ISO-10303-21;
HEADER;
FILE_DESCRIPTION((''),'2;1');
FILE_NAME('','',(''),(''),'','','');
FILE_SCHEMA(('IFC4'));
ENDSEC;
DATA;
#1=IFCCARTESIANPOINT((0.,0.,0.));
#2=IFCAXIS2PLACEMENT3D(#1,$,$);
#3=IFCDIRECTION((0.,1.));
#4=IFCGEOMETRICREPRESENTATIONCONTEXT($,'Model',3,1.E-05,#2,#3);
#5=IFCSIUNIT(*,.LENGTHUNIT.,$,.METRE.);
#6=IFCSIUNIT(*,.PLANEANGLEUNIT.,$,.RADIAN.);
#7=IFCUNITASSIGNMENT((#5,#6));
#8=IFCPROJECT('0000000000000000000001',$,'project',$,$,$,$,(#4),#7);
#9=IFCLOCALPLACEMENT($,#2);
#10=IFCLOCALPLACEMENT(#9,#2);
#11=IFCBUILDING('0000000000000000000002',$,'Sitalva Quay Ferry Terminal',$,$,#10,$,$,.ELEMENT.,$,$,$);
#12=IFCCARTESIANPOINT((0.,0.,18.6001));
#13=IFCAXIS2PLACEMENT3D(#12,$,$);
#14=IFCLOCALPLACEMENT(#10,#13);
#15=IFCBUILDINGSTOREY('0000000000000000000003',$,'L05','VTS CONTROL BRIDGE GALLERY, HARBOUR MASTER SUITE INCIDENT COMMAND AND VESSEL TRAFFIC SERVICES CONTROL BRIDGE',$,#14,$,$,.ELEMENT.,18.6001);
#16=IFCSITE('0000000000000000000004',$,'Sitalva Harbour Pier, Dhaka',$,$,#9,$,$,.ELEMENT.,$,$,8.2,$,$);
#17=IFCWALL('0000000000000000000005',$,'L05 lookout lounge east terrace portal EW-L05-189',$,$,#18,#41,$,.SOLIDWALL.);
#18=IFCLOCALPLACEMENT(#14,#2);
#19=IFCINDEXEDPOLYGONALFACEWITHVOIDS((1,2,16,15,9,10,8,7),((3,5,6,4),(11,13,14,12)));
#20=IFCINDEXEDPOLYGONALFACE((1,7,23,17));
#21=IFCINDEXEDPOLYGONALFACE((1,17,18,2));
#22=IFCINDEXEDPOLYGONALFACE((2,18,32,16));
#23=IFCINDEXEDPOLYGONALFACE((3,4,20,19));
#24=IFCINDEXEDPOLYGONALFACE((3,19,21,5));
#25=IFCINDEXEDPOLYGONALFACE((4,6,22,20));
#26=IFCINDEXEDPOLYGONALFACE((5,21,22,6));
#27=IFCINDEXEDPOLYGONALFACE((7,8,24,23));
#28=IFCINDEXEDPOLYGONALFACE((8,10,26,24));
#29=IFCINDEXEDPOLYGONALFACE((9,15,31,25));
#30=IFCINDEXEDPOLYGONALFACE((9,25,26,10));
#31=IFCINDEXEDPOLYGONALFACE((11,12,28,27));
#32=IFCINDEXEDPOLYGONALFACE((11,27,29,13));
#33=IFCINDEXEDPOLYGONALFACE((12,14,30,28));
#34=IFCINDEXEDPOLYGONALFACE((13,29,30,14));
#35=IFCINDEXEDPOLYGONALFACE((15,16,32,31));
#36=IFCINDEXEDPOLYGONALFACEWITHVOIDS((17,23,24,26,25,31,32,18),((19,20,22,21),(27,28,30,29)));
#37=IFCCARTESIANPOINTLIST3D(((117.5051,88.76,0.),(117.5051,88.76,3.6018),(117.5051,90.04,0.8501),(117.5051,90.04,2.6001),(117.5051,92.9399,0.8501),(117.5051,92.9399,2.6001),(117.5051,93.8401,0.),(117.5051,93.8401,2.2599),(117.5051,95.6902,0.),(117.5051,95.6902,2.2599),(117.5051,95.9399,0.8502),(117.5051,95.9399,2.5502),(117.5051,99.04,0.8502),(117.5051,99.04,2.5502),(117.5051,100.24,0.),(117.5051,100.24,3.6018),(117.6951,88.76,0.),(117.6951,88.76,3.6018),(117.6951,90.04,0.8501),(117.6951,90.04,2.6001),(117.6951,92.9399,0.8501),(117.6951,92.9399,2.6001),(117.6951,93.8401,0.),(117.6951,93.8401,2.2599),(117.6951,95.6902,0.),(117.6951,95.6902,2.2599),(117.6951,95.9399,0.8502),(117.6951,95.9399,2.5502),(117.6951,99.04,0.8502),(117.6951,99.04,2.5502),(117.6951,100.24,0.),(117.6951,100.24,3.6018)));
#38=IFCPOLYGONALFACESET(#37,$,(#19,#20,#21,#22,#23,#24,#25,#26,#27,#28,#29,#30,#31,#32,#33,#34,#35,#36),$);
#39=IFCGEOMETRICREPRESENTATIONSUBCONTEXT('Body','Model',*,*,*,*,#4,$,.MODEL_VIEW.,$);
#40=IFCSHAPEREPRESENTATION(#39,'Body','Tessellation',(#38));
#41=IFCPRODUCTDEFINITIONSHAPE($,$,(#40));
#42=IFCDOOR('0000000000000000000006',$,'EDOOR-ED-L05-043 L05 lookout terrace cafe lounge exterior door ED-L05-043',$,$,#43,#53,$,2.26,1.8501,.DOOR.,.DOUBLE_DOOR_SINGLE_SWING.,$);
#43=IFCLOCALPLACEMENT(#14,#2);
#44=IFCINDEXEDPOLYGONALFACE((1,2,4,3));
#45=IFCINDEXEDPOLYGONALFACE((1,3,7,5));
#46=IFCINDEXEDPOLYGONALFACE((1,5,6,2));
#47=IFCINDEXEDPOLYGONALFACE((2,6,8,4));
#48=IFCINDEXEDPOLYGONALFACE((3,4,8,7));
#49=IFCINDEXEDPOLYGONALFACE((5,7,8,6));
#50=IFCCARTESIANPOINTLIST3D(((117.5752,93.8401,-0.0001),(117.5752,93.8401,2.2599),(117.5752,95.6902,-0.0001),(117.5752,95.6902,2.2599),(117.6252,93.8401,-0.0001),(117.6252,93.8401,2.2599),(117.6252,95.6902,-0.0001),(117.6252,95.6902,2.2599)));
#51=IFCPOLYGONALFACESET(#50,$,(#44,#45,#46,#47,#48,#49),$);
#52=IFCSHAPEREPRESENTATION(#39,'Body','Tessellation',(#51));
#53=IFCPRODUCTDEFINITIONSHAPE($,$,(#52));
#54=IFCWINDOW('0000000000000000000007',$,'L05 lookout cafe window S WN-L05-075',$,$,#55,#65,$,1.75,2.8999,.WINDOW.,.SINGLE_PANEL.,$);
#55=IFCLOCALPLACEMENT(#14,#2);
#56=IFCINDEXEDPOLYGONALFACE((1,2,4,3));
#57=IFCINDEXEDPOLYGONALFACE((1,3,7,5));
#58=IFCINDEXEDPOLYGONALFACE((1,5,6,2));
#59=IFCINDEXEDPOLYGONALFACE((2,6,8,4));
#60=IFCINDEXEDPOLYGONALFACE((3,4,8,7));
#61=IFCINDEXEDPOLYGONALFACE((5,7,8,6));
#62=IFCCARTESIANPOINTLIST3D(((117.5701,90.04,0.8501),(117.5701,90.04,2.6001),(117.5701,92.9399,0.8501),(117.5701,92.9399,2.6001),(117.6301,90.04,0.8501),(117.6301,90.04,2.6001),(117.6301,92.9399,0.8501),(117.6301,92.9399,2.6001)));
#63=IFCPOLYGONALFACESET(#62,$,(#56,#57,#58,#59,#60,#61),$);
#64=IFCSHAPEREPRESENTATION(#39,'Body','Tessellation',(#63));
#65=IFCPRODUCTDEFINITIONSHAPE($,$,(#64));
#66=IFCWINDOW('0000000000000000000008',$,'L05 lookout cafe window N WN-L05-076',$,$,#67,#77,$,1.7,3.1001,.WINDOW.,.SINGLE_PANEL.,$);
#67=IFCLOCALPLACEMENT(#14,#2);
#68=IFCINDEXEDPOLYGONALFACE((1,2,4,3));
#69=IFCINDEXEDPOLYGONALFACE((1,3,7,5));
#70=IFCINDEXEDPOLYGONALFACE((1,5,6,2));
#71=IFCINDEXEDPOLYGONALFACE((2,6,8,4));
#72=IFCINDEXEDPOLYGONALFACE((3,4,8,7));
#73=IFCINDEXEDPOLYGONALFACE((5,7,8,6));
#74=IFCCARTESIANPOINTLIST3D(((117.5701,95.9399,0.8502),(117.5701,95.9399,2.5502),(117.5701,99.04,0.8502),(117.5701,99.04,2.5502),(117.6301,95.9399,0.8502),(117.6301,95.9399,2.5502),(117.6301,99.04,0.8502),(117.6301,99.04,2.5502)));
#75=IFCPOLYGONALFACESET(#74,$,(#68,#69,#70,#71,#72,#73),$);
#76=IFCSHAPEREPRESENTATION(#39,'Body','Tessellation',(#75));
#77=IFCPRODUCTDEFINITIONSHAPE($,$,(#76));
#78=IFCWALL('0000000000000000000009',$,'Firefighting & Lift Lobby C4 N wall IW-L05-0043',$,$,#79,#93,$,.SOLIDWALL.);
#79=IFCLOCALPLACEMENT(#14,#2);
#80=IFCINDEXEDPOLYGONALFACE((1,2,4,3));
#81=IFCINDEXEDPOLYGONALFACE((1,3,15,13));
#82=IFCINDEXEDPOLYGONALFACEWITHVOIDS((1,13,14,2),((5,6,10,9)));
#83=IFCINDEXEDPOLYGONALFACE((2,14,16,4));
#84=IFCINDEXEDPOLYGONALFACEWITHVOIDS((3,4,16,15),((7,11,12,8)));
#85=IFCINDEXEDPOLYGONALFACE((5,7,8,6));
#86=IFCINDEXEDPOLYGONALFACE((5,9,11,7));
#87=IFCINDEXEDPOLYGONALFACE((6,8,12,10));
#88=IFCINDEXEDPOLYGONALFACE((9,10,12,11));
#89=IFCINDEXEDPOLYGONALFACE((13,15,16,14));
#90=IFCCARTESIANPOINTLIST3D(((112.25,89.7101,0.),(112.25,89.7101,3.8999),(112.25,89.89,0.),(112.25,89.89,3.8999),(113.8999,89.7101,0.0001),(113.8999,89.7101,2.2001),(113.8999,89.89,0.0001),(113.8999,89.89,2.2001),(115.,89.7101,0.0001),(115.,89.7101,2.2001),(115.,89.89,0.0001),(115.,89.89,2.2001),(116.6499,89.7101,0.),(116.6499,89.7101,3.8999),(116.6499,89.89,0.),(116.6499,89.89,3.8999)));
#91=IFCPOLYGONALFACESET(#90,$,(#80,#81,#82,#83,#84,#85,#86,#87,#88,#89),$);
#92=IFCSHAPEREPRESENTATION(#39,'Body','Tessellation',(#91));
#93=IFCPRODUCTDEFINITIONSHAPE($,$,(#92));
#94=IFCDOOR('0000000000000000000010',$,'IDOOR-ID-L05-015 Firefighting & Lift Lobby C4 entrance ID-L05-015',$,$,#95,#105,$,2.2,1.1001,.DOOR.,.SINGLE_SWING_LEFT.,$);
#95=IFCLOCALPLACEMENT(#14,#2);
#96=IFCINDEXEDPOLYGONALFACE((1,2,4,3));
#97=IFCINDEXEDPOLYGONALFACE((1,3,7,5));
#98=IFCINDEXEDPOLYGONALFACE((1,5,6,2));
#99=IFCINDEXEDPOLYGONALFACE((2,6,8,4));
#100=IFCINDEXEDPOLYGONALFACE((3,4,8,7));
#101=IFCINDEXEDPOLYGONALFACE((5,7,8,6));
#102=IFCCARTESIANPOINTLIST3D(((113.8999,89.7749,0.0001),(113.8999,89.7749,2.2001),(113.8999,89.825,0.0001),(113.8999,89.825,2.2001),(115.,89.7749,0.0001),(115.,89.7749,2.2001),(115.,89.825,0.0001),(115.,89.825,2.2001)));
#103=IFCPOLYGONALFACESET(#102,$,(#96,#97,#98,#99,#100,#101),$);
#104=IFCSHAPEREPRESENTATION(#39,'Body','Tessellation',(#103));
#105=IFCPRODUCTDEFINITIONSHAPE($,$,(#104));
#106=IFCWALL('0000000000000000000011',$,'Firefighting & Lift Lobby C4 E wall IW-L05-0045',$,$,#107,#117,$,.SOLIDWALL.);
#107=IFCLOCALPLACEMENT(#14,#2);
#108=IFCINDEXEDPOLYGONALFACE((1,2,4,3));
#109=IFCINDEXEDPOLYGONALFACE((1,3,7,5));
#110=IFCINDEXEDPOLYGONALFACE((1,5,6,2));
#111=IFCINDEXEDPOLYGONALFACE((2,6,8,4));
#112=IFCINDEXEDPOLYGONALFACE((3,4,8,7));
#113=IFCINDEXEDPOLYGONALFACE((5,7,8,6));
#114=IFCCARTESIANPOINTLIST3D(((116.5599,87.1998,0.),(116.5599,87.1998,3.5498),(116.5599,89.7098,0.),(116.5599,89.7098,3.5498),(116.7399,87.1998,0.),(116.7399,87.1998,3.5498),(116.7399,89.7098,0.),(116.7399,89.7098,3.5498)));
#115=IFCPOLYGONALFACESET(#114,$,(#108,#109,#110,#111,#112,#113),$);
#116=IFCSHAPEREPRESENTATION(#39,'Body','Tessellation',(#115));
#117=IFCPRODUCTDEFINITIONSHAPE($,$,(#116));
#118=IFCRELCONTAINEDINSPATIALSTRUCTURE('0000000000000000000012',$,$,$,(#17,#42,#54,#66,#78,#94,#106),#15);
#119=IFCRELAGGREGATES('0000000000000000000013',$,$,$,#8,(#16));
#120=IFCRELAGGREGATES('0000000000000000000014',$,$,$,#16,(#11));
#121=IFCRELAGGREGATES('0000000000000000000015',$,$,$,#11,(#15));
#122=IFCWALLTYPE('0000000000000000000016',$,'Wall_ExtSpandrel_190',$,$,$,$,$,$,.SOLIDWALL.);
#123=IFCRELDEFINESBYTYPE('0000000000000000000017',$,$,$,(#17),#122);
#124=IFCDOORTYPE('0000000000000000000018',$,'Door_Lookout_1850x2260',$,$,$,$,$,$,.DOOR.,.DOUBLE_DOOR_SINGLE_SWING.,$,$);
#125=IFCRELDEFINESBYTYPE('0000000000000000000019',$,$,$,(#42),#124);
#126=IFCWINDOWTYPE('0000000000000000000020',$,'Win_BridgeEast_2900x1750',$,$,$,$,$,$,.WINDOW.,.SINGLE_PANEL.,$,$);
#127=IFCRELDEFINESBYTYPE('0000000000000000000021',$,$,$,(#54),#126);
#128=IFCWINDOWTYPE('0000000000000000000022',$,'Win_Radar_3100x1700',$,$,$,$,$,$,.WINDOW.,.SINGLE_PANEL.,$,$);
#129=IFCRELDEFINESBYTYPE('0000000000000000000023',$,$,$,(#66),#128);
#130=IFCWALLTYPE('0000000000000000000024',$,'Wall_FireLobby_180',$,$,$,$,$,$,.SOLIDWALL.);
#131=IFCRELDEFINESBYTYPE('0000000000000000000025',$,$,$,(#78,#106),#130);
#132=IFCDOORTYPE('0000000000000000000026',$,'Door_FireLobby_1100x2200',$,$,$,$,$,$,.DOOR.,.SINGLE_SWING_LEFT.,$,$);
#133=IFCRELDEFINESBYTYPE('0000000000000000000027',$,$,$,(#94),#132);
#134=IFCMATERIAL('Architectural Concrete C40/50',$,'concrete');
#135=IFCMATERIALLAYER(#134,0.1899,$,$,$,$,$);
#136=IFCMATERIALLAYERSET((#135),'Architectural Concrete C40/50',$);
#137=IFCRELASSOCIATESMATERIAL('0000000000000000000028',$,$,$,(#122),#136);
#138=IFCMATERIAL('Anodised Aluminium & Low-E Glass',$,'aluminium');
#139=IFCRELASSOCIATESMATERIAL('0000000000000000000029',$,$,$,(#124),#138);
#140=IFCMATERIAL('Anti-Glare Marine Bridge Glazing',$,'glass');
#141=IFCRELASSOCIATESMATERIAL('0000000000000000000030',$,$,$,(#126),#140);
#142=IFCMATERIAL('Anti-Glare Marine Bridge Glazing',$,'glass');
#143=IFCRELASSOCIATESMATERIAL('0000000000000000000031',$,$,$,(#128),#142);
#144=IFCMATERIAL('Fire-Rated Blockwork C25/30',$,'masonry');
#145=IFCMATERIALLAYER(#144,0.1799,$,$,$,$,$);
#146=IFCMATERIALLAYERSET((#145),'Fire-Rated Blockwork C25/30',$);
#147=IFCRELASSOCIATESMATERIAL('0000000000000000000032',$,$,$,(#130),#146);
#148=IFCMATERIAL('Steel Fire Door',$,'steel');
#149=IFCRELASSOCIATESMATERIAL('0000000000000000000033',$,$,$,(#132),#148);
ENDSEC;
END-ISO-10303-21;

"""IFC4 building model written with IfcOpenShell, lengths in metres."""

from ifc_helpers import new_model, si_unit, direction, frame, frame_2d, origin, place, context, subcontext, project, spatial, rectangle, extrude, material, layer, layer_set, type_object, element, fill, save


model = new_model("IFC4")

# Units and contexts
model_context = context("Model", 3, precision=1e-05, world=origin(), true_north=direction((0.0, 1.0)))
body_context = subcontext(model_context, "Body", "Model", "MODEL_VIEW")
ifc_project = project(units=[si_unit("LENGTHUNIT", "METRE"), si_unit("PLANEANGLEUNIT", "RADIAN")], contexts=[model_context])

# Site, building, storey
site_placement = place(None, origin())
site = spatial("IfcSite", under=ifc_project, at=site_placement, Name="Sitalva Harbour Pier, Dhaka", CompositionType="ELEMENT", RefElevation=8.2)
building_placement = place(site_placement, origin())
building = spatial("IfcBuilding", under=site, at=building_placement, Name="Sitalva Quay Ferry Terminal", CompositionType="ELEMENT")
storey_placement = place(building_placement, frame((0.0, 0.0, 18.6001)))
storey = spatial("IfcBuildingStorey", under=building, at=storey_placement, Name="L05", Description="VTS CONTROL BRIDGE GALLERY, HARBOUR MASTER SUITE INCIDENT COMMAND AND VESSEL TRAFFIC SERVICES CONTROL BRIDGE", CompositionType="ELEMENT", Elevation=18.6001)

# Wall, openings, door, windows
ifc_material_1 = material(Name="Architectural Concrete C40/50", Category="concrete")
ifc_layer_1 = layer(ifc_material_1, 0.1899)
ifc_layer_set_1 = layer_set([ifc_layer_1], Name="Architectural Concrete C40/50")
wall_type_1 = type_object("IfcWallType", Name="Wall_ExtSpandrel_190", PredefinedType="SOLIDWALL", material=ifc_layer_set_1)
wall_1_placement = place(storey_placement, frame((117.6001, 88.76, 0.0), z_axis=(0.0, 0.0, 1.0), x_axis=(0.0, 1.0, 0.0)))
wall_1 = element("IfcWall", 1, at=wall_1_placement, inside=storey, type_object=wall_type_1, Name="L05 lookout lounge east terrace portal EW-L05-189", PredefinedType="SOLIDWALL", context=body_context, shape_type="SweptSolid", body=[
    extrude(rectangle(XDim=11.48, YDim=0.1899, at=frame_2d((5.74, 0.0))), origin(), (0.0, 0.0, 1.0), 3.6018),
])
opening_1_placement = place(wall_1_placement, frame((5.0801, 0.0, 0.0)))
opening_1 = element("IfcOpeningElement", 2, at=opening_1_placement, cuts=wall_1, PredefinedType="OPENING", context=body_context, shape_type="SweptSolid", body=[
    extrude(rectangle(XDim=1.8501, YDim=2.26, at=frame_2d((0.925, 1.1299))), frame((0.0, 0.105, 0.0), z_axis=(0.0, -1.0, 0.0), x_axis=(1.0, 0.0, 0.0)), (0.0, 0.0, 1.0), 0.21),
])
opening_2_placement = place(wall_1_placement, frame((1.28, 0.0, 0.8501)))
opening_2 = element("IfcOpeningElement", 3, at=opening_2_placement, cuts=wall_1, PredefinedType="OPENING", context=body_context, shape_type="SweptSolid", body=[
    extrude(rectangle(XDim=2.8999, YDim=1.75, at=frame_2d((1.45, 0.875))), frame((0.0, 0.105, 0.0), z_axis=(0.0, -1.0, 0.0), x_axis=(1.0, 0.0, 0.0)), (0.0, 0.0, 1.0), 0.21),
])
opening_3_placement = place(wall_1_placement, frame((7.1799, 0.0, 0.8501)))
opening_3 = element("IfcOpeningElement", 4, at=opening_3_placement, cuts=wall_1, PredefinedType="OPENING", context=body_context, shape_type="SweptSolid", body=[
    extrude(rectangle(XDim=3.1001, YDim=1.7, at=frame_2d((1.55, 0.8501))), frame((0.0, 0.105, 0.0), z_axis=(0.0, -1.0, 0.0), x_axis=(1.0, 0.0, 0.0)), (0.0, 0.0, 1.0), 0.21),
])
ifc_material_2 = material(Name="Anodised Aluminium & Low-E Glass", Category="aluminium")
door_type_1 = type_object("IfcDoorType", Name="Door_Lookout_1850x2260", OperationType="DOUBLE_DOOR_SINGLE_SWING", PredefinedType="DOOR", material=ifc_material_2)
door_1_placement = place(opening_1_placement, origin())
door_1 = element("IfcDoor", 5, at=door_1_placement, inside=storey, type_object=door_type_1, Name="EDOOR-ED-L05-043 L05 lookout terrace cafe lounge exterior door ED-L05-043", OperationType="DOUBLE_DOOR_SINGLE_SWING", OverallHeight=2.26, OverallWidth=1.8501, PredefinedType="DOOR", context=body_context, shape_type="SweptSolid", body=[
    extrude(rectangle(XDim=1.8501, YDim=2.26, at=frame_2d((0.925, 1.1299))), frame((0.0, 0.0249, 0.0), z_axis=(0.0, -1.0, 0.0), x_axis=(1.0, 0.0, 0.0)), (0.0, 0.0, 1.0), 0.05),
])
fill(opening_1, door_1)
ifc_material_3 = material(Name="Anti-Glare Marine Bridge Glazing", Category="glass")
window_type_1 = type_object("IfcWindowType", Name="Win_BridgeEast_2900x1750", PartitioningType="SINGLE_PANEL", PredefinedType="WINDOW", material=ifc_material_3)
window_1_placement = place(opening_2_placement, origin())
window_1 = element("IfcWindow", 6, at=window_1_placement, inside=storey, type_object=window_type_1, Name="L05 lookout cafe window S WN-L05-075", OverallHeight=1.75, OverallWidth=2.8999, PartitioningType="SINGLE_PANEL", PredefinedType="WINDOW", context=body_context, shape_type="SweptSolid", body=[
    extrude(rectangle(XDim=2.8999, YDim=1.75, at=frame_2d((1.45, 0.875))), frame((0.0, 0.03, 0.0), z_axis=(0.0, -1.0, 0.0), x_axis=(1.0, 0.0, 0.0)), (0.0, 0.0, 1.0), 0.0601),
])
fill(opening_2, window_1)
ifc_material_4 = material(Name="Anti-Glare Marine Bridge Glazing", Category="glass")
window_type_2 = type_object("IfcWindowType", Name="Win_Radar_3100x1700", PartitioningType="SINGLE_PANEL", PredefinedType="WINDOW", material=ifc_material_4)
window_2_placement = place(opening_3_placement, origin())
window_2 = element("IfcWindow", 7, at=window_2_placement, inside=storey, type_object=window_type_2, Name="L05 lookout cafe window N WN-L05-076", OverallHeight=1.7, OverallWidth=3.1001, PartitioningType="SINGLE_PANEL", PredefinedType="WINDOW", context=body_context, shape_type="SweptSolid", body=[
    extrude(rectangle(XDim=3.1001, YDim=1.7, at=frame_2d((1.55, 0.8501))), frame((0.0, 0.03, 0.0), z_axis=(0.0, -1.0, 0.0), x_axis=(1.0, 0.0, 0.0)), (0.0, 0.0, 1.0), 0.0601),
])
fill(opening_3, window_2)

# Wall, opening, door
ifc_material_5 = material(Name="Fire-Rated Blockwork C25/30", Category="masonry")
ifc_layer_2 = layer(ifc_material_5, 0.1799)
ifc_layer_set_2 = layer_set([ifc_layer_2], Name="Fire-Rated Blockwork C25/30")
wall_type_2 = type_object("IfcWallType", Name="Wall_FireLobby_180", PredefinedType="SOLIDWALL", material=ifc_layer_set_2)
wall_2_placement = place(storey_placement, frame((112.25, 89.8, 0.0), z_axis=(0.0, 0.0, 1.0), x_axis=(1.0, 0.0, 0.0)))
wall_2 = element("IfcWall", 8, at=wall_2_placement, inside=storey, type_object=wall_type_2, Name="Firefighting & Lift Lobby C4 N wall IW-L05-0043", PredefinedType="SOLIDWALL", context=body_context, shape_type="SweptSolid", body=[
    extrude(rectangle(XDim=4.3999, YDim=0.1799, at=frame_2d((2.2, 0.0))), origin(), (0.0, 0.0, 1.0), 3.8999),
])
opening_4_placement = place(wall_2_placement, frame((1.6499, 0.0, 0.0)))
opening_4 = element("IfcOpeningElement", 9, at=opening_4_placement, cuts=wall_2, PredefinedType="OPENING", context=body_context, shape_type="SweptSolid", body=[
    extrude(rectangle(XDim=1.1001, YDim=2.2, at=frame_2d((0.55, 1.1001))), frame((0.0, 0.0999, 0.0), z_axis=(0.0, -1.0, 0.0), x_axis=(1.0, 0.0, 0.0)), (0.0, 0.0, 1.0), 0.2),
])
ifc_material_6 = material(Name="Steel Fire Door", Category="steel")
door_type_2 = type_object("IfcDoorType", Name="Door_FireLobby_1100x2200", OperationType="SINGLE_SWING_LEFT", PredefinedType="DOOR", material=ifc_material_6)
door_2_placement = place(opening_4_placement, origin())
door_2 = element("IfcDoor", 10, at=door_2_placement, inside=storey, type_object=door_type_2, Name="IDOOR-ID-L05-015 Firefighting & Lift Lobby C4 entrance ID-L05-015", OperationType="SINGLE_SWING_LEFT", OverallHeight=2.2, OverallWidth=1.1001, PredefinedType="DOOR", context=body_context, shape_type="SweptSolid", body=[
    extrude(rectangle(XDim=1.1001, YDim=2.2, at=frame_2d((0.55, 1.1001))), frame((0.0, 0.0249, 0.0), z_axis=(0.0, -1.0, 0.0), x_axis=(1.0, 0.0, 0.0)), (0.0, 0.0, 1.0), 0.05),
])
fill(opening_4, door_2)

# Wall
wall_3_placement = place(storey_placement, frame((116.6499, 87.2, 0.0), z_axis=(0.0, 0.0, 1.0), x_axis=(0.0, 1.0, 0.0)))
element("IfcWall", 11, at=wall_3_placement, inside=storey, type_object=wall_type_2, Name="Firefighting & Lift Lobby C4 E wall IW-L05-0045", PredefinedType="SOLIDWALL", context=body_context, shape_type="SweptSolid", body=[
    extrude(rectangle(XDim=2.51, YDim=0.1799, at=frame_2d((1.2549, 0.0))), origin(), (0.0, 0.0, 1.0), 3.5498),
])

save(model, "model.ifc")
